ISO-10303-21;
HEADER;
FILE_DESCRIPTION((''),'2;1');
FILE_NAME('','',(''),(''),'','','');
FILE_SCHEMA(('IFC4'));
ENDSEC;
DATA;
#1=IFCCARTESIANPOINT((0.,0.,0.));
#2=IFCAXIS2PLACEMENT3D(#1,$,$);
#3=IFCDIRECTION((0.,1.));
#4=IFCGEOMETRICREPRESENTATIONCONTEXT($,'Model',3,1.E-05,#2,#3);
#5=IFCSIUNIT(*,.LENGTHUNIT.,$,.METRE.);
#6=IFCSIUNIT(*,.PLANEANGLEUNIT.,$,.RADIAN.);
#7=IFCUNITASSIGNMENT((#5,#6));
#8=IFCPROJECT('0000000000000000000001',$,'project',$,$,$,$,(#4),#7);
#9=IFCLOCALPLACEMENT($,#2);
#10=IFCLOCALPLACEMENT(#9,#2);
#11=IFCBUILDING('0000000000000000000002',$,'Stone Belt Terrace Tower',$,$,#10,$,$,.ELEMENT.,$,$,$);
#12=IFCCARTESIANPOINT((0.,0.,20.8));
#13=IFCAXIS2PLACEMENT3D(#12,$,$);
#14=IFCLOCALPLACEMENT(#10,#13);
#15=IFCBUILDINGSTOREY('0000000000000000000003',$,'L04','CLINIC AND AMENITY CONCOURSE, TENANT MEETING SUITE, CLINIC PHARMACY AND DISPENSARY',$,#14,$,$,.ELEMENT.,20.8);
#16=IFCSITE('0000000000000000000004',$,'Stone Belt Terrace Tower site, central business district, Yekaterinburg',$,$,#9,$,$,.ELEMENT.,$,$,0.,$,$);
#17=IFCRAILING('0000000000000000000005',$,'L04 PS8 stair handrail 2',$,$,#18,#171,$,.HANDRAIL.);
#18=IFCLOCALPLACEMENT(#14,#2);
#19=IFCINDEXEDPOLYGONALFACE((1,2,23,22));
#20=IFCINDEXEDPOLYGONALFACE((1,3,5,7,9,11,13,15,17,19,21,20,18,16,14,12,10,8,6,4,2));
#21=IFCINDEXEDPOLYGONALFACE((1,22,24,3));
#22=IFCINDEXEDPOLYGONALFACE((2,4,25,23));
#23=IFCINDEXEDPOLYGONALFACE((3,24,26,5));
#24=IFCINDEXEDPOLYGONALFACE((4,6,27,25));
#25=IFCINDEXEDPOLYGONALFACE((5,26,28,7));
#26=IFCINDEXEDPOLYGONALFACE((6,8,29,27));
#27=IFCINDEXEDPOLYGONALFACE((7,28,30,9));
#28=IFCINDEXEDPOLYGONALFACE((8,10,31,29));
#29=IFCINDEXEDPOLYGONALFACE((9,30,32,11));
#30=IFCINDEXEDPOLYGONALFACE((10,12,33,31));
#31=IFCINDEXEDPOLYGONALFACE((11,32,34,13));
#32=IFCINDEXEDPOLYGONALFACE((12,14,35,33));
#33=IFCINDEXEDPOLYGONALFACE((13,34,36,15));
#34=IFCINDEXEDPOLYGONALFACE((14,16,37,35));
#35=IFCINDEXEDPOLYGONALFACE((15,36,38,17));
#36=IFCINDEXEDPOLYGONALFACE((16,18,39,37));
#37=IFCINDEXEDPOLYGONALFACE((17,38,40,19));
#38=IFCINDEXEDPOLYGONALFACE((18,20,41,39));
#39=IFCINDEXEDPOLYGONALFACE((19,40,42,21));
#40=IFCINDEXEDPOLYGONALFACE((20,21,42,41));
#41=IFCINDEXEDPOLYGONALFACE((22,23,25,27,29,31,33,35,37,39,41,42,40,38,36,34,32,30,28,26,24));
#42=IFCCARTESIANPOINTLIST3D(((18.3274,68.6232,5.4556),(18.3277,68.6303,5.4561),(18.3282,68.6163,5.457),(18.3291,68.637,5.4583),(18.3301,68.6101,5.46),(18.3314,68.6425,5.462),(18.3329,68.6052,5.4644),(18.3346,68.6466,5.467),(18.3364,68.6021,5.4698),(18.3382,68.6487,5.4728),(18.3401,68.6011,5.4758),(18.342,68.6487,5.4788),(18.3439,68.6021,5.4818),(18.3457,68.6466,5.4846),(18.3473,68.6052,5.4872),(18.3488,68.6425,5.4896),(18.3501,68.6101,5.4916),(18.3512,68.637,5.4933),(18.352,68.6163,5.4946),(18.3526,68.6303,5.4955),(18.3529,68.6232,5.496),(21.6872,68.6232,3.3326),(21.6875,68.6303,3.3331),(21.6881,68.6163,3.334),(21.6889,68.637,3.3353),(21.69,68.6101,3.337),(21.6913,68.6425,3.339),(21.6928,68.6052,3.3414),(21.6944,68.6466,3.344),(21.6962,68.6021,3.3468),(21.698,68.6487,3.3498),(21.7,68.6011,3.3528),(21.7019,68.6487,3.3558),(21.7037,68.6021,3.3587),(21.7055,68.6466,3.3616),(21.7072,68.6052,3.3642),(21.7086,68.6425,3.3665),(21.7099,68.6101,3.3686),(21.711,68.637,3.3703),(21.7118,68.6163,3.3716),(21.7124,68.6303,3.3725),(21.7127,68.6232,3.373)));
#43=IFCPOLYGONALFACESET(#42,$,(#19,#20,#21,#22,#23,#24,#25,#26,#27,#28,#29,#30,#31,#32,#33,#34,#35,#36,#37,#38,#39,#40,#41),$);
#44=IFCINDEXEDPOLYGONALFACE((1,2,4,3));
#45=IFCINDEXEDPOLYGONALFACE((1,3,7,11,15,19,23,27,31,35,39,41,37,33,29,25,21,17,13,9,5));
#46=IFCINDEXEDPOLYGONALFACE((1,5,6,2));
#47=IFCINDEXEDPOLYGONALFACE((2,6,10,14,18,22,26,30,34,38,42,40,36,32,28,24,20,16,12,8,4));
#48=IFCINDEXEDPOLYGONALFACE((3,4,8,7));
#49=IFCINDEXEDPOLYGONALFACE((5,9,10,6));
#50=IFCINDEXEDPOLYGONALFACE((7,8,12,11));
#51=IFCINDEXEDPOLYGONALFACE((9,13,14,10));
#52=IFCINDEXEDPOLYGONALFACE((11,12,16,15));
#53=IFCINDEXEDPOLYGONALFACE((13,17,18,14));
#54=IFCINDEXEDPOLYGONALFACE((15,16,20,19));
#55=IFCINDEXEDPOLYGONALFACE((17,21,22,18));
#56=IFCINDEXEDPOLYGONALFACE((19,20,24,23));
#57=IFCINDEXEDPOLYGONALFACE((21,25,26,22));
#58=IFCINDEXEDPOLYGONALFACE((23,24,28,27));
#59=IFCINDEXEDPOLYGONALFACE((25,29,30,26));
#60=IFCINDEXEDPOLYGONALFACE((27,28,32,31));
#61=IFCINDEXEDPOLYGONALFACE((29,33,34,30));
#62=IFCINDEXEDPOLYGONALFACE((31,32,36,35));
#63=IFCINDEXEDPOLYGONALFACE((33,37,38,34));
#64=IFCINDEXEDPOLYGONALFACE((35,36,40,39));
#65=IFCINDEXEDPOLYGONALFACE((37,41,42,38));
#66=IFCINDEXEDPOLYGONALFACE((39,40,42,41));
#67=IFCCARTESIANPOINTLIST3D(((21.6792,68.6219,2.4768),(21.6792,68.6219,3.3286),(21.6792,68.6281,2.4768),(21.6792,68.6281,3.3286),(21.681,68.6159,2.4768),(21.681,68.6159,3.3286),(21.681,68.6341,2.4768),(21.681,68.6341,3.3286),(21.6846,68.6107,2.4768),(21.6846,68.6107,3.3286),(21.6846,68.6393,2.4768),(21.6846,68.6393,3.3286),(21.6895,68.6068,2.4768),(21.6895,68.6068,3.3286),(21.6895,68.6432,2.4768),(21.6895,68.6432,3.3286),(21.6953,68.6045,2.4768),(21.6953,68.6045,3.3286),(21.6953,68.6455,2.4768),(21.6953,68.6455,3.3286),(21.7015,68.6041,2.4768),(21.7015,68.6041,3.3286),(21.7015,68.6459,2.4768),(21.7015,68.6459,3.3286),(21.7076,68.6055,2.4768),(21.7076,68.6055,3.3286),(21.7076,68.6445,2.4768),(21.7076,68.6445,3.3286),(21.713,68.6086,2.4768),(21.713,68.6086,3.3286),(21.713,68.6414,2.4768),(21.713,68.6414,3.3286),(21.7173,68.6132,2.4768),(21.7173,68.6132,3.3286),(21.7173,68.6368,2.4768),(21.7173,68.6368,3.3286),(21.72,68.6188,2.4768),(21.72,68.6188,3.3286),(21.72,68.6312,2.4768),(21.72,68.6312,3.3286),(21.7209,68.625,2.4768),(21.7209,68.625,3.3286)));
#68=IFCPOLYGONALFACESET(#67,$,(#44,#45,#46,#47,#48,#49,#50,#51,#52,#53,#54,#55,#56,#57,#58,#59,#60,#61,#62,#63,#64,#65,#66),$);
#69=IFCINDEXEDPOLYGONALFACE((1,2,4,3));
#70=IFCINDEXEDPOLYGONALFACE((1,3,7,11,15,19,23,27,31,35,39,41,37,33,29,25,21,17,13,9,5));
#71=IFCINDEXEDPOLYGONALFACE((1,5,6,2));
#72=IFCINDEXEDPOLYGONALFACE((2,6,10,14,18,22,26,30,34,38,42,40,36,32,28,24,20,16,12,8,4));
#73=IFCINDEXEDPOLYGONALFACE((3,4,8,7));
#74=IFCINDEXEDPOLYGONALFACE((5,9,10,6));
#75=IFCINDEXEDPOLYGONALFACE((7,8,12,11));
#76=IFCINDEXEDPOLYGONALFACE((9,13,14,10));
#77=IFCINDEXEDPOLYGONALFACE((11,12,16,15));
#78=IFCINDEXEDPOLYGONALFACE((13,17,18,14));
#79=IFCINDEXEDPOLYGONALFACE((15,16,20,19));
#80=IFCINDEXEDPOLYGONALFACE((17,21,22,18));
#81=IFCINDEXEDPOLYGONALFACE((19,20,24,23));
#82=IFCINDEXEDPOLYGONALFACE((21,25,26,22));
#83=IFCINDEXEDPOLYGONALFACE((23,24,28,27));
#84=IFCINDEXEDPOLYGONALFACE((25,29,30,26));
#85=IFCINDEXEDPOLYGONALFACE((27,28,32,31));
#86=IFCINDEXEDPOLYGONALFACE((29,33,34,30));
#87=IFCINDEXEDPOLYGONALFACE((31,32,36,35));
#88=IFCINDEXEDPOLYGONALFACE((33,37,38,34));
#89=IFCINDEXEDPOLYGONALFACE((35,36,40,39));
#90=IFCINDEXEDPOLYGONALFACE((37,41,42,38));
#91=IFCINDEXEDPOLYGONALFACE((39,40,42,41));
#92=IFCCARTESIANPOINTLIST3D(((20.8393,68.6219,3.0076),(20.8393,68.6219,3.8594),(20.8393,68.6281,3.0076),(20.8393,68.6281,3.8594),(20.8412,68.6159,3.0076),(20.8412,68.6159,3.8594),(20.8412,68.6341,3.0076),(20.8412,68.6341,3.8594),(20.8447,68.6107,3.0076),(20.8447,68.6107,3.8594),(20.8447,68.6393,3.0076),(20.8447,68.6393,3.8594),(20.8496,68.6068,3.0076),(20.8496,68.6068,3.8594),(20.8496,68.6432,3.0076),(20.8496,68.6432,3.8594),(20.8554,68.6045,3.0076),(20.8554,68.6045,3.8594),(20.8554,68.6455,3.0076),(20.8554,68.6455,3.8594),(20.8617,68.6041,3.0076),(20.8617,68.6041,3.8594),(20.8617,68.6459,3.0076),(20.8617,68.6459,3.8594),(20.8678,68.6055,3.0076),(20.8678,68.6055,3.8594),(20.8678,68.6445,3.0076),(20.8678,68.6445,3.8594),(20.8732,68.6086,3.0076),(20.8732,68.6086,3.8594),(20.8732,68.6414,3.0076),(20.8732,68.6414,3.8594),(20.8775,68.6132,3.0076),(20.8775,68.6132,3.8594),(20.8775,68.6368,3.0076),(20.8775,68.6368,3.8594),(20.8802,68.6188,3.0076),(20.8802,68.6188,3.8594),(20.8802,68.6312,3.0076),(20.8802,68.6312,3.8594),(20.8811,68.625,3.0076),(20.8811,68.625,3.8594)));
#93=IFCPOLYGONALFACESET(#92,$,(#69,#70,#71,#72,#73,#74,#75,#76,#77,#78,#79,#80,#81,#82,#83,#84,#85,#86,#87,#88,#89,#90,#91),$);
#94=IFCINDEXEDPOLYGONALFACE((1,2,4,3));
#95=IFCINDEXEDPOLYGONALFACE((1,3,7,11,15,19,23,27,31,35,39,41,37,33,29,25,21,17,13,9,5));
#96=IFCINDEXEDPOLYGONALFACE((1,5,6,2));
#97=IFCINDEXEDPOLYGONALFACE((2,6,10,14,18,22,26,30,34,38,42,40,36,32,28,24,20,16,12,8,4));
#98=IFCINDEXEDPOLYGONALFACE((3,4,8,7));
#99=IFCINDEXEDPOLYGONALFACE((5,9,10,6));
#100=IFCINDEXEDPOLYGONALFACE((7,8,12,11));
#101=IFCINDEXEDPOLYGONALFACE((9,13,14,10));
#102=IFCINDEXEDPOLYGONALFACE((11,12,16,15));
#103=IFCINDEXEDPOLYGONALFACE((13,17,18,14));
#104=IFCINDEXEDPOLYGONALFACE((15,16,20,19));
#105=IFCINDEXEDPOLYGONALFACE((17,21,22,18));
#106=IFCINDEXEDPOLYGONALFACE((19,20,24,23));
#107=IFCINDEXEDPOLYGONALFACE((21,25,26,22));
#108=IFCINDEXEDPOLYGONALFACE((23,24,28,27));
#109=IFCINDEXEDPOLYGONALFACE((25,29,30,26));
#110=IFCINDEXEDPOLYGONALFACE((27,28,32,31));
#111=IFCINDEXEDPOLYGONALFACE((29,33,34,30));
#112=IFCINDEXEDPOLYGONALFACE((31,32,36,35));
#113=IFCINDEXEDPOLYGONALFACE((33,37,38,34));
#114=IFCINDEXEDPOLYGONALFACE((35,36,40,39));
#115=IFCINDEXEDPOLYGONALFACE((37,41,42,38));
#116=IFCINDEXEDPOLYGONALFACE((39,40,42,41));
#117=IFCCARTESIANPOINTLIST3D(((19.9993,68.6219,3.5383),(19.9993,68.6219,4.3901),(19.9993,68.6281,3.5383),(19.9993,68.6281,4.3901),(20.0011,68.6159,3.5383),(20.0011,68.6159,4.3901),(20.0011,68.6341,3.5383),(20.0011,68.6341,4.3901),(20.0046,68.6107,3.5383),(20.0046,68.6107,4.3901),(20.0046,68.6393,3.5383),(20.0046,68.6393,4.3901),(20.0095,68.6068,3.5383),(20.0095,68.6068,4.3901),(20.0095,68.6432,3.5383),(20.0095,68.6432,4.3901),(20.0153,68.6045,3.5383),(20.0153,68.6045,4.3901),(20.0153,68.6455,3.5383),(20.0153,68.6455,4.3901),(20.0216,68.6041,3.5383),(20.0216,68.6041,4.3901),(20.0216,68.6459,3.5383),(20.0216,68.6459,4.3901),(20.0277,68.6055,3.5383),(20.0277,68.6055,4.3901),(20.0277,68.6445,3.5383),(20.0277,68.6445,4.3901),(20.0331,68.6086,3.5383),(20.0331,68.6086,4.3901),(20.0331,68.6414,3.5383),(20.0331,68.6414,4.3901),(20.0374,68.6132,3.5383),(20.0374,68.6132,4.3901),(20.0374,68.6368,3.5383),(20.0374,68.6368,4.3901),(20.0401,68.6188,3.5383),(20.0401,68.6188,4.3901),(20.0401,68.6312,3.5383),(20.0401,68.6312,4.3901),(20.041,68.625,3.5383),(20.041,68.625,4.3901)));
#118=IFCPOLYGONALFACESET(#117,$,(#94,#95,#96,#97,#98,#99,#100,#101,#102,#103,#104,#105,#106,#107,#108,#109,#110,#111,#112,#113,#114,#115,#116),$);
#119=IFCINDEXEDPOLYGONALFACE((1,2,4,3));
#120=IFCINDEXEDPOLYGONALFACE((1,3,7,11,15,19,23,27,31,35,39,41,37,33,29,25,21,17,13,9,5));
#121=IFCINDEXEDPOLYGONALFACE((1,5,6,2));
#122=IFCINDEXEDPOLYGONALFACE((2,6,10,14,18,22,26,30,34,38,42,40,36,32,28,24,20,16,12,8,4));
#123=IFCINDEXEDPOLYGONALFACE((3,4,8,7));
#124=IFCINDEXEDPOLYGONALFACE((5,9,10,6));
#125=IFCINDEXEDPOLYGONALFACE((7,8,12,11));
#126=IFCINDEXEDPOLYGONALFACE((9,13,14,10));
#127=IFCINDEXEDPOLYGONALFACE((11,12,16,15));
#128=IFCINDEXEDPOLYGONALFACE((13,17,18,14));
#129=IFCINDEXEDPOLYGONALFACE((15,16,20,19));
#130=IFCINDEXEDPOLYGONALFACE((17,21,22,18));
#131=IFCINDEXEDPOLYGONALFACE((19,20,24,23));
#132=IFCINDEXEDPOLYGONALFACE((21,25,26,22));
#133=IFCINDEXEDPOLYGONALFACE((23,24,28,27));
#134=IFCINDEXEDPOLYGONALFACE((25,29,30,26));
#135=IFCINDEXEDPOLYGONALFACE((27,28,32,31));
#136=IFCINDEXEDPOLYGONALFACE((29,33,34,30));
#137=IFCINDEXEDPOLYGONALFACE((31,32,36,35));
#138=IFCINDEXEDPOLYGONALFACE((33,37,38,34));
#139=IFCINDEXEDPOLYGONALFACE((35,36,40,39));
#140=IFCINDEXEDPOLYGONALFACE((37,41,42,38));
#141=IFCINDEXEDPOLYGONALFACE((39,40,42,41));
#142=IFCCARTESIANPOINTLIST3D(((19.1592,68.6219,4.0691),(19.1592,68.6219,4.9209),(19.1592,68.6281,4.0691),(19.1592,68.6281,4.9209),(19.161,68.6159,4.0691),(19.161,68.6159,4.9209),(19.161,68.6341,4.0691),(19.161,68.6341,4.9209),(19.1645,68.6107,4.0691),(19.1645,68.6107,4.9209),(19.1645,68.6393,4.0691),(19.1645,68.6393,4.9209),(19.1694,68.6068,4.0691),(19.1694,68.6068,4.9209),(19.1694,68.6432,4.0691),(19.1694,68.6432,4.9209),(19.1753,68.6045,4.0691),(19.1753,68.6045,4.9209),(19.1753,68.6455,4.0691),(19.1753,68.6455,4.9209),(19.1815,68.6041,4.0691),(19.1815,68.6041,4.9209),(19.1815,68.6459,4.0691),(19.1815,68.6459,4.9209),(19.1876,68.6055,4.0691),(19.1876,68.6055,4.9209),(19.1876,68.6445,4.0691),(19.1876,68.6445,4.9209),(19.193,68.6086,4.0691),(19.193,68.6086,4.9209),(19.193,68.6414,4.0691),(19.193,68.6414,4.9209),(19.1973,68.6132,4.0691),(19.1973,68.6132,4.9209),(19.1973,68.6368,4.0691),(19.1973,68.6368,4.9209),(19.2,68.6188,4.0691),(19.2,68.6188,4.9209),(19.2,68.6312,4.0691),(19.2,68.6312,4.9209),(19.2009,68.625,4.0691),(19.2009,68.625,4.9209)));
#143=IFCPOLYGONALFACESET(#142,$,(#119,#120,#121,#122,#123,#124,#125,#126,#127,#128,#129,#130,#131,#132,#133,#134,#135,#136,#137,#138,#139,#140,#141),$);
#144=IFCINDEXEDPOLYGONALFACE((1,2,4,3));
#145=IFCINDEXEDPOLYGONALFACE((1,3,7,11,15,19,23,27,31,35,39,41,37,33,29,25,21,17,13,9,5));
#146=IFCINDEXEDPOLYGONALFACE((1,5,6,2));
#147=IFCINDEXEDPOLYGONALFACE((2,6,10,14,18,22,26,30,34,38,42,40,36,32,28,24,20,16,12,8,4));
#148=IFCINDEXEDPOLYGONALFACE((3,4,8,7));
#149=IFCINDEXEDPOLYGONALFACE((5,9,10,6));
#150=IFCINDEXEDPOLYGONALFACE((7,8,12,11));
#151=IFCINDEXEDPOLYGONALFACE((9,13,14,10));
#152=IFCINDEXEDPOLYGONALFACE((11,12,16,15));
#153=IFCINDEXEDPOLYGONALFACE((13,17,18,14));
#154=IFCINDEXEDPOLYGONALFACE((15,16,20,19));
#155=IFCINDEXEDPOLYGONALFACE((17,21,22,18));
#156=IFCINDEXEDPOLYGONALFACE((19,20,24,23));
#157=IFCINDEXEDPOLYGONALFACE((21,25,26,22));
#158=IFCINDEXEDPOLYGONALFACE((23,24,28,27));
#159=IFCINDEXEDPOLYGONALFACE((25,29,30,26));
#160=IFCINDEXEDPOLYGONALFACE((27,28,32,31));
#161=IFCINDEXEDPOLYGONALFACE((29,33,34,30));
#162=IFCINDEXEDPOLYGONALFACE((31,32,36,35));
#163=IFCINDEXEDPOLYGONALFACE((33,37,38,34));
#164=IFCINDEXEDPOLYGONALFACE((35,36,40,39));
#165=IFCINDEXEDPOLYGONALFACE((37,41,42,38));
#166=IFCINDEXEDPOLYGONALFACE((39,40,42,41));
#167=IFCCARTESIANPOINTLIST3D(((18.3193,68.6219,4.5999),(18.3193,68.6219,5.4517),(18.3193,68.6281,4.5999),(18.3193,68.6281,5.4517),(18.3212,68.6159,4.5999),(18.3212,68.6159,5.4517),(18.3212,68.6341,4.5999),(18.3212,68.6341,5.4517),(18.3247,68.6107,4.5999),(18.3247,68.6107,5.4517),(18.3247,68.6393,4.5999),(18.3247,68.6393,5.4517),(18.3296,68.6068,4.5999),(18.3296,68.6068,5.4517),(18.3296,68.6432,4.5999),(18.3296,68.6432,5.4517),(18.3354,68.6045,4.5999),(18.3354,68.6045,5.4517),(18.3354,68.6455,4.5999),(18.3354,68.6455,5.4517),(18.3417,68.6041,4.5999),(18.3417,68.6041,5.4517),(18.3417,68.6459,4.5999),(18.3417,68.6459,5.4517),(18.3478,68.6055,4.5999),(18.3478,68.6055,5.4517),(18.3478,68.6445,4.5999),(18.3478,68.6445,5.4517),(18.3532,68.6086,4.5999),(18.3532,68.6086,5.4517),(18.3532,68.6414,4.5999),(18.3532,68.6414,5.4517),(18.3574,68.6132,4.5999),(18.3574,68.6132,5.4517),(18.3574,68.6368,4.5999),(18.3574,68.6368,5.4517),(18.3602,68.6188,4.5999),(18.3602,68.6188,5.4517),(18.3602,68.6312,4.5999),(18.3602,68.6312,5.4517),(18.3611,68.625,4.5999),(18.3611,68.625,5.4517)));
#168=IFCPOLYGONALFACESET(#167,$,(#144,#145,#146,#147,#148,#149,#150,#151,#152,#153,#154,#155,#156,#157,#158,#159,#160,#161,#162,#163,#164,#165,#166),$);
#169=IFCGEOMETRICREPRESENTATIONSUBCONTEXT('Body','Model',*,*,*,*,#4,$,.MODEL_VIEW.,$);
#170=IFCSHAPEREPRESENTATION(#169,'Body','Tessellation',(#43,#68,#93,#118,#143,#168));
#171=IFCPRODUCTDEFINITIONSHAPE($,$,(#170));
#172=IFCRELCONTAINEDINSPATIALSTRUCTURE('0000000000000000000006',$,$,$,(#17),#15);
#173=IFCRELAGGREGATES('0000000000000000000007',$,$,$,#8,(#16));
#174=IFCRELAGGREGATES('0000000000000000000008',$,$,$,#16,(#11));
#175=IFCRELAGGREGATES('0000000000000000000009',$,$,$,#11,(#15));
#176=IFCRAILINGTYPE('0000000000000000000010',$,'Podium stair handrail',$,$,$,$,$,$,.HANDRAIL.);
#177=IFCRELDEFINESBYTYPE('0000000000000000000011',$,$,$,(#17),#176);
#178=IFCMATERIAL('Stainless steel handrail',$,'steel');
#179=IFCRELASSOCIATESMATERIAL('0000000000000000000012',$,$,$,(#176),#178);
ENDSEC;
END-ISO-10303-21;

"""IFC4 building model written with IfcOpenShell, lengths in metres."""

from ifc_helpers import new_model, si_unit, direction, frame, origin, origin_2d, place, context, subcontext, project, spatial, circle, extrude, material, type_object, element, save


model = new_model("IFC4")

# Units and contexts
model_context = context("Model", 3, precision=1e-05, world=origin(), true_north=direction((0.0, 1.0)))
body_context = subcontext(model_context, "Body", "Model", "MODEL_VIEW")
ifc_project = project(units=[si_unit("LENGTHUNIT", "METRE"), si_unit("PLANEANGLEUNIT", "RADIAN")], contexts=[model_context])

# Site, building, storey
site_placement = place(None, origin())
site = spatial("IfcSite", under=ifc_project, at=site_placement, Name="Stone Belt Terrace Tower site, central business district, Yekaterinburg", CompositionType="ELEMENT", RefElevation=0.0)
building_placement = place(site_placement, origin())
building = spatial("IfcBuilding", under=site, at=building_placement, Name="Stone Belt Terrace Tower", CompositionType="ELEMENT")
storey_placement = place(building_placement, frame((0.0, 0.0, 20.8)))
storey = spatial("IfcBuildingStorey", under=building, at=storey_placement, Name="L04", Description="CLINIC AND AMENITY CONCOURSE, TENANT MEETING SUITE, CLINIC PHARMACY AND DISPENSARY", CompositionType="ELEMENT", Elevation=20.8)

# Railing
ifc_material_1 = material(Name="Stainless steel handrail", Category="steel")
railing_type_1 = type_object("IfcRailingType", Name="Podium stair handrail", PredefinedType="HANDRAIL", material=ifc_material_1)
railing_1_placement = place(storey_placement, frame((21.7, 68.625, 2.4768)))
element("IfcRailing", 1, at=railing_1_placement, inside=storey, type_object=railing_type_1, Name="L04 PS8 stair handrail 2", PredefinedType="HANDRAIL", context=body_context, shape_type="SweptSolid", body=[
    extrude(circle(Radius=0.0239, at=origin_2d()), frame((0.0, 0.0, 0.876), z_axis=(-0.845372, 0.0, 0.534178), x_axis=(0.0, -1.0, 0.0)), (0.0, 0.0, 1.0), 3.9744),
    extrude(circle(Radius=0.021, at=origin_2d()), origin(), (0.0, 0.0, 1.0), 0.8518),
    extrude(circle(Radius=0.021, at=origin_2d()), frame((-0.8398, 0.0, 0.5308)), (0.0, 0.0, 1.0), 0.8518),
    extrude(circle(Radius=0.021, at=origin_2d()), frame((-1.6799, 0.0, 1.0615)), (0.0, 0.0, 1.0), 0.8518),
    extrude(circle(Radius=0.021, at=origin_2d()), frame((-2.52, 0.0, 1.5923)), (0.0, 0.0, 1.0), 0.8518),
    extrude(circle(Radius=0.021, at=origin_2d()), frame((-3.3599, 0.0, 2.123)), (0.0, 0.0, 1.0), 0.8518),
])

save(model, "model.ifc")
